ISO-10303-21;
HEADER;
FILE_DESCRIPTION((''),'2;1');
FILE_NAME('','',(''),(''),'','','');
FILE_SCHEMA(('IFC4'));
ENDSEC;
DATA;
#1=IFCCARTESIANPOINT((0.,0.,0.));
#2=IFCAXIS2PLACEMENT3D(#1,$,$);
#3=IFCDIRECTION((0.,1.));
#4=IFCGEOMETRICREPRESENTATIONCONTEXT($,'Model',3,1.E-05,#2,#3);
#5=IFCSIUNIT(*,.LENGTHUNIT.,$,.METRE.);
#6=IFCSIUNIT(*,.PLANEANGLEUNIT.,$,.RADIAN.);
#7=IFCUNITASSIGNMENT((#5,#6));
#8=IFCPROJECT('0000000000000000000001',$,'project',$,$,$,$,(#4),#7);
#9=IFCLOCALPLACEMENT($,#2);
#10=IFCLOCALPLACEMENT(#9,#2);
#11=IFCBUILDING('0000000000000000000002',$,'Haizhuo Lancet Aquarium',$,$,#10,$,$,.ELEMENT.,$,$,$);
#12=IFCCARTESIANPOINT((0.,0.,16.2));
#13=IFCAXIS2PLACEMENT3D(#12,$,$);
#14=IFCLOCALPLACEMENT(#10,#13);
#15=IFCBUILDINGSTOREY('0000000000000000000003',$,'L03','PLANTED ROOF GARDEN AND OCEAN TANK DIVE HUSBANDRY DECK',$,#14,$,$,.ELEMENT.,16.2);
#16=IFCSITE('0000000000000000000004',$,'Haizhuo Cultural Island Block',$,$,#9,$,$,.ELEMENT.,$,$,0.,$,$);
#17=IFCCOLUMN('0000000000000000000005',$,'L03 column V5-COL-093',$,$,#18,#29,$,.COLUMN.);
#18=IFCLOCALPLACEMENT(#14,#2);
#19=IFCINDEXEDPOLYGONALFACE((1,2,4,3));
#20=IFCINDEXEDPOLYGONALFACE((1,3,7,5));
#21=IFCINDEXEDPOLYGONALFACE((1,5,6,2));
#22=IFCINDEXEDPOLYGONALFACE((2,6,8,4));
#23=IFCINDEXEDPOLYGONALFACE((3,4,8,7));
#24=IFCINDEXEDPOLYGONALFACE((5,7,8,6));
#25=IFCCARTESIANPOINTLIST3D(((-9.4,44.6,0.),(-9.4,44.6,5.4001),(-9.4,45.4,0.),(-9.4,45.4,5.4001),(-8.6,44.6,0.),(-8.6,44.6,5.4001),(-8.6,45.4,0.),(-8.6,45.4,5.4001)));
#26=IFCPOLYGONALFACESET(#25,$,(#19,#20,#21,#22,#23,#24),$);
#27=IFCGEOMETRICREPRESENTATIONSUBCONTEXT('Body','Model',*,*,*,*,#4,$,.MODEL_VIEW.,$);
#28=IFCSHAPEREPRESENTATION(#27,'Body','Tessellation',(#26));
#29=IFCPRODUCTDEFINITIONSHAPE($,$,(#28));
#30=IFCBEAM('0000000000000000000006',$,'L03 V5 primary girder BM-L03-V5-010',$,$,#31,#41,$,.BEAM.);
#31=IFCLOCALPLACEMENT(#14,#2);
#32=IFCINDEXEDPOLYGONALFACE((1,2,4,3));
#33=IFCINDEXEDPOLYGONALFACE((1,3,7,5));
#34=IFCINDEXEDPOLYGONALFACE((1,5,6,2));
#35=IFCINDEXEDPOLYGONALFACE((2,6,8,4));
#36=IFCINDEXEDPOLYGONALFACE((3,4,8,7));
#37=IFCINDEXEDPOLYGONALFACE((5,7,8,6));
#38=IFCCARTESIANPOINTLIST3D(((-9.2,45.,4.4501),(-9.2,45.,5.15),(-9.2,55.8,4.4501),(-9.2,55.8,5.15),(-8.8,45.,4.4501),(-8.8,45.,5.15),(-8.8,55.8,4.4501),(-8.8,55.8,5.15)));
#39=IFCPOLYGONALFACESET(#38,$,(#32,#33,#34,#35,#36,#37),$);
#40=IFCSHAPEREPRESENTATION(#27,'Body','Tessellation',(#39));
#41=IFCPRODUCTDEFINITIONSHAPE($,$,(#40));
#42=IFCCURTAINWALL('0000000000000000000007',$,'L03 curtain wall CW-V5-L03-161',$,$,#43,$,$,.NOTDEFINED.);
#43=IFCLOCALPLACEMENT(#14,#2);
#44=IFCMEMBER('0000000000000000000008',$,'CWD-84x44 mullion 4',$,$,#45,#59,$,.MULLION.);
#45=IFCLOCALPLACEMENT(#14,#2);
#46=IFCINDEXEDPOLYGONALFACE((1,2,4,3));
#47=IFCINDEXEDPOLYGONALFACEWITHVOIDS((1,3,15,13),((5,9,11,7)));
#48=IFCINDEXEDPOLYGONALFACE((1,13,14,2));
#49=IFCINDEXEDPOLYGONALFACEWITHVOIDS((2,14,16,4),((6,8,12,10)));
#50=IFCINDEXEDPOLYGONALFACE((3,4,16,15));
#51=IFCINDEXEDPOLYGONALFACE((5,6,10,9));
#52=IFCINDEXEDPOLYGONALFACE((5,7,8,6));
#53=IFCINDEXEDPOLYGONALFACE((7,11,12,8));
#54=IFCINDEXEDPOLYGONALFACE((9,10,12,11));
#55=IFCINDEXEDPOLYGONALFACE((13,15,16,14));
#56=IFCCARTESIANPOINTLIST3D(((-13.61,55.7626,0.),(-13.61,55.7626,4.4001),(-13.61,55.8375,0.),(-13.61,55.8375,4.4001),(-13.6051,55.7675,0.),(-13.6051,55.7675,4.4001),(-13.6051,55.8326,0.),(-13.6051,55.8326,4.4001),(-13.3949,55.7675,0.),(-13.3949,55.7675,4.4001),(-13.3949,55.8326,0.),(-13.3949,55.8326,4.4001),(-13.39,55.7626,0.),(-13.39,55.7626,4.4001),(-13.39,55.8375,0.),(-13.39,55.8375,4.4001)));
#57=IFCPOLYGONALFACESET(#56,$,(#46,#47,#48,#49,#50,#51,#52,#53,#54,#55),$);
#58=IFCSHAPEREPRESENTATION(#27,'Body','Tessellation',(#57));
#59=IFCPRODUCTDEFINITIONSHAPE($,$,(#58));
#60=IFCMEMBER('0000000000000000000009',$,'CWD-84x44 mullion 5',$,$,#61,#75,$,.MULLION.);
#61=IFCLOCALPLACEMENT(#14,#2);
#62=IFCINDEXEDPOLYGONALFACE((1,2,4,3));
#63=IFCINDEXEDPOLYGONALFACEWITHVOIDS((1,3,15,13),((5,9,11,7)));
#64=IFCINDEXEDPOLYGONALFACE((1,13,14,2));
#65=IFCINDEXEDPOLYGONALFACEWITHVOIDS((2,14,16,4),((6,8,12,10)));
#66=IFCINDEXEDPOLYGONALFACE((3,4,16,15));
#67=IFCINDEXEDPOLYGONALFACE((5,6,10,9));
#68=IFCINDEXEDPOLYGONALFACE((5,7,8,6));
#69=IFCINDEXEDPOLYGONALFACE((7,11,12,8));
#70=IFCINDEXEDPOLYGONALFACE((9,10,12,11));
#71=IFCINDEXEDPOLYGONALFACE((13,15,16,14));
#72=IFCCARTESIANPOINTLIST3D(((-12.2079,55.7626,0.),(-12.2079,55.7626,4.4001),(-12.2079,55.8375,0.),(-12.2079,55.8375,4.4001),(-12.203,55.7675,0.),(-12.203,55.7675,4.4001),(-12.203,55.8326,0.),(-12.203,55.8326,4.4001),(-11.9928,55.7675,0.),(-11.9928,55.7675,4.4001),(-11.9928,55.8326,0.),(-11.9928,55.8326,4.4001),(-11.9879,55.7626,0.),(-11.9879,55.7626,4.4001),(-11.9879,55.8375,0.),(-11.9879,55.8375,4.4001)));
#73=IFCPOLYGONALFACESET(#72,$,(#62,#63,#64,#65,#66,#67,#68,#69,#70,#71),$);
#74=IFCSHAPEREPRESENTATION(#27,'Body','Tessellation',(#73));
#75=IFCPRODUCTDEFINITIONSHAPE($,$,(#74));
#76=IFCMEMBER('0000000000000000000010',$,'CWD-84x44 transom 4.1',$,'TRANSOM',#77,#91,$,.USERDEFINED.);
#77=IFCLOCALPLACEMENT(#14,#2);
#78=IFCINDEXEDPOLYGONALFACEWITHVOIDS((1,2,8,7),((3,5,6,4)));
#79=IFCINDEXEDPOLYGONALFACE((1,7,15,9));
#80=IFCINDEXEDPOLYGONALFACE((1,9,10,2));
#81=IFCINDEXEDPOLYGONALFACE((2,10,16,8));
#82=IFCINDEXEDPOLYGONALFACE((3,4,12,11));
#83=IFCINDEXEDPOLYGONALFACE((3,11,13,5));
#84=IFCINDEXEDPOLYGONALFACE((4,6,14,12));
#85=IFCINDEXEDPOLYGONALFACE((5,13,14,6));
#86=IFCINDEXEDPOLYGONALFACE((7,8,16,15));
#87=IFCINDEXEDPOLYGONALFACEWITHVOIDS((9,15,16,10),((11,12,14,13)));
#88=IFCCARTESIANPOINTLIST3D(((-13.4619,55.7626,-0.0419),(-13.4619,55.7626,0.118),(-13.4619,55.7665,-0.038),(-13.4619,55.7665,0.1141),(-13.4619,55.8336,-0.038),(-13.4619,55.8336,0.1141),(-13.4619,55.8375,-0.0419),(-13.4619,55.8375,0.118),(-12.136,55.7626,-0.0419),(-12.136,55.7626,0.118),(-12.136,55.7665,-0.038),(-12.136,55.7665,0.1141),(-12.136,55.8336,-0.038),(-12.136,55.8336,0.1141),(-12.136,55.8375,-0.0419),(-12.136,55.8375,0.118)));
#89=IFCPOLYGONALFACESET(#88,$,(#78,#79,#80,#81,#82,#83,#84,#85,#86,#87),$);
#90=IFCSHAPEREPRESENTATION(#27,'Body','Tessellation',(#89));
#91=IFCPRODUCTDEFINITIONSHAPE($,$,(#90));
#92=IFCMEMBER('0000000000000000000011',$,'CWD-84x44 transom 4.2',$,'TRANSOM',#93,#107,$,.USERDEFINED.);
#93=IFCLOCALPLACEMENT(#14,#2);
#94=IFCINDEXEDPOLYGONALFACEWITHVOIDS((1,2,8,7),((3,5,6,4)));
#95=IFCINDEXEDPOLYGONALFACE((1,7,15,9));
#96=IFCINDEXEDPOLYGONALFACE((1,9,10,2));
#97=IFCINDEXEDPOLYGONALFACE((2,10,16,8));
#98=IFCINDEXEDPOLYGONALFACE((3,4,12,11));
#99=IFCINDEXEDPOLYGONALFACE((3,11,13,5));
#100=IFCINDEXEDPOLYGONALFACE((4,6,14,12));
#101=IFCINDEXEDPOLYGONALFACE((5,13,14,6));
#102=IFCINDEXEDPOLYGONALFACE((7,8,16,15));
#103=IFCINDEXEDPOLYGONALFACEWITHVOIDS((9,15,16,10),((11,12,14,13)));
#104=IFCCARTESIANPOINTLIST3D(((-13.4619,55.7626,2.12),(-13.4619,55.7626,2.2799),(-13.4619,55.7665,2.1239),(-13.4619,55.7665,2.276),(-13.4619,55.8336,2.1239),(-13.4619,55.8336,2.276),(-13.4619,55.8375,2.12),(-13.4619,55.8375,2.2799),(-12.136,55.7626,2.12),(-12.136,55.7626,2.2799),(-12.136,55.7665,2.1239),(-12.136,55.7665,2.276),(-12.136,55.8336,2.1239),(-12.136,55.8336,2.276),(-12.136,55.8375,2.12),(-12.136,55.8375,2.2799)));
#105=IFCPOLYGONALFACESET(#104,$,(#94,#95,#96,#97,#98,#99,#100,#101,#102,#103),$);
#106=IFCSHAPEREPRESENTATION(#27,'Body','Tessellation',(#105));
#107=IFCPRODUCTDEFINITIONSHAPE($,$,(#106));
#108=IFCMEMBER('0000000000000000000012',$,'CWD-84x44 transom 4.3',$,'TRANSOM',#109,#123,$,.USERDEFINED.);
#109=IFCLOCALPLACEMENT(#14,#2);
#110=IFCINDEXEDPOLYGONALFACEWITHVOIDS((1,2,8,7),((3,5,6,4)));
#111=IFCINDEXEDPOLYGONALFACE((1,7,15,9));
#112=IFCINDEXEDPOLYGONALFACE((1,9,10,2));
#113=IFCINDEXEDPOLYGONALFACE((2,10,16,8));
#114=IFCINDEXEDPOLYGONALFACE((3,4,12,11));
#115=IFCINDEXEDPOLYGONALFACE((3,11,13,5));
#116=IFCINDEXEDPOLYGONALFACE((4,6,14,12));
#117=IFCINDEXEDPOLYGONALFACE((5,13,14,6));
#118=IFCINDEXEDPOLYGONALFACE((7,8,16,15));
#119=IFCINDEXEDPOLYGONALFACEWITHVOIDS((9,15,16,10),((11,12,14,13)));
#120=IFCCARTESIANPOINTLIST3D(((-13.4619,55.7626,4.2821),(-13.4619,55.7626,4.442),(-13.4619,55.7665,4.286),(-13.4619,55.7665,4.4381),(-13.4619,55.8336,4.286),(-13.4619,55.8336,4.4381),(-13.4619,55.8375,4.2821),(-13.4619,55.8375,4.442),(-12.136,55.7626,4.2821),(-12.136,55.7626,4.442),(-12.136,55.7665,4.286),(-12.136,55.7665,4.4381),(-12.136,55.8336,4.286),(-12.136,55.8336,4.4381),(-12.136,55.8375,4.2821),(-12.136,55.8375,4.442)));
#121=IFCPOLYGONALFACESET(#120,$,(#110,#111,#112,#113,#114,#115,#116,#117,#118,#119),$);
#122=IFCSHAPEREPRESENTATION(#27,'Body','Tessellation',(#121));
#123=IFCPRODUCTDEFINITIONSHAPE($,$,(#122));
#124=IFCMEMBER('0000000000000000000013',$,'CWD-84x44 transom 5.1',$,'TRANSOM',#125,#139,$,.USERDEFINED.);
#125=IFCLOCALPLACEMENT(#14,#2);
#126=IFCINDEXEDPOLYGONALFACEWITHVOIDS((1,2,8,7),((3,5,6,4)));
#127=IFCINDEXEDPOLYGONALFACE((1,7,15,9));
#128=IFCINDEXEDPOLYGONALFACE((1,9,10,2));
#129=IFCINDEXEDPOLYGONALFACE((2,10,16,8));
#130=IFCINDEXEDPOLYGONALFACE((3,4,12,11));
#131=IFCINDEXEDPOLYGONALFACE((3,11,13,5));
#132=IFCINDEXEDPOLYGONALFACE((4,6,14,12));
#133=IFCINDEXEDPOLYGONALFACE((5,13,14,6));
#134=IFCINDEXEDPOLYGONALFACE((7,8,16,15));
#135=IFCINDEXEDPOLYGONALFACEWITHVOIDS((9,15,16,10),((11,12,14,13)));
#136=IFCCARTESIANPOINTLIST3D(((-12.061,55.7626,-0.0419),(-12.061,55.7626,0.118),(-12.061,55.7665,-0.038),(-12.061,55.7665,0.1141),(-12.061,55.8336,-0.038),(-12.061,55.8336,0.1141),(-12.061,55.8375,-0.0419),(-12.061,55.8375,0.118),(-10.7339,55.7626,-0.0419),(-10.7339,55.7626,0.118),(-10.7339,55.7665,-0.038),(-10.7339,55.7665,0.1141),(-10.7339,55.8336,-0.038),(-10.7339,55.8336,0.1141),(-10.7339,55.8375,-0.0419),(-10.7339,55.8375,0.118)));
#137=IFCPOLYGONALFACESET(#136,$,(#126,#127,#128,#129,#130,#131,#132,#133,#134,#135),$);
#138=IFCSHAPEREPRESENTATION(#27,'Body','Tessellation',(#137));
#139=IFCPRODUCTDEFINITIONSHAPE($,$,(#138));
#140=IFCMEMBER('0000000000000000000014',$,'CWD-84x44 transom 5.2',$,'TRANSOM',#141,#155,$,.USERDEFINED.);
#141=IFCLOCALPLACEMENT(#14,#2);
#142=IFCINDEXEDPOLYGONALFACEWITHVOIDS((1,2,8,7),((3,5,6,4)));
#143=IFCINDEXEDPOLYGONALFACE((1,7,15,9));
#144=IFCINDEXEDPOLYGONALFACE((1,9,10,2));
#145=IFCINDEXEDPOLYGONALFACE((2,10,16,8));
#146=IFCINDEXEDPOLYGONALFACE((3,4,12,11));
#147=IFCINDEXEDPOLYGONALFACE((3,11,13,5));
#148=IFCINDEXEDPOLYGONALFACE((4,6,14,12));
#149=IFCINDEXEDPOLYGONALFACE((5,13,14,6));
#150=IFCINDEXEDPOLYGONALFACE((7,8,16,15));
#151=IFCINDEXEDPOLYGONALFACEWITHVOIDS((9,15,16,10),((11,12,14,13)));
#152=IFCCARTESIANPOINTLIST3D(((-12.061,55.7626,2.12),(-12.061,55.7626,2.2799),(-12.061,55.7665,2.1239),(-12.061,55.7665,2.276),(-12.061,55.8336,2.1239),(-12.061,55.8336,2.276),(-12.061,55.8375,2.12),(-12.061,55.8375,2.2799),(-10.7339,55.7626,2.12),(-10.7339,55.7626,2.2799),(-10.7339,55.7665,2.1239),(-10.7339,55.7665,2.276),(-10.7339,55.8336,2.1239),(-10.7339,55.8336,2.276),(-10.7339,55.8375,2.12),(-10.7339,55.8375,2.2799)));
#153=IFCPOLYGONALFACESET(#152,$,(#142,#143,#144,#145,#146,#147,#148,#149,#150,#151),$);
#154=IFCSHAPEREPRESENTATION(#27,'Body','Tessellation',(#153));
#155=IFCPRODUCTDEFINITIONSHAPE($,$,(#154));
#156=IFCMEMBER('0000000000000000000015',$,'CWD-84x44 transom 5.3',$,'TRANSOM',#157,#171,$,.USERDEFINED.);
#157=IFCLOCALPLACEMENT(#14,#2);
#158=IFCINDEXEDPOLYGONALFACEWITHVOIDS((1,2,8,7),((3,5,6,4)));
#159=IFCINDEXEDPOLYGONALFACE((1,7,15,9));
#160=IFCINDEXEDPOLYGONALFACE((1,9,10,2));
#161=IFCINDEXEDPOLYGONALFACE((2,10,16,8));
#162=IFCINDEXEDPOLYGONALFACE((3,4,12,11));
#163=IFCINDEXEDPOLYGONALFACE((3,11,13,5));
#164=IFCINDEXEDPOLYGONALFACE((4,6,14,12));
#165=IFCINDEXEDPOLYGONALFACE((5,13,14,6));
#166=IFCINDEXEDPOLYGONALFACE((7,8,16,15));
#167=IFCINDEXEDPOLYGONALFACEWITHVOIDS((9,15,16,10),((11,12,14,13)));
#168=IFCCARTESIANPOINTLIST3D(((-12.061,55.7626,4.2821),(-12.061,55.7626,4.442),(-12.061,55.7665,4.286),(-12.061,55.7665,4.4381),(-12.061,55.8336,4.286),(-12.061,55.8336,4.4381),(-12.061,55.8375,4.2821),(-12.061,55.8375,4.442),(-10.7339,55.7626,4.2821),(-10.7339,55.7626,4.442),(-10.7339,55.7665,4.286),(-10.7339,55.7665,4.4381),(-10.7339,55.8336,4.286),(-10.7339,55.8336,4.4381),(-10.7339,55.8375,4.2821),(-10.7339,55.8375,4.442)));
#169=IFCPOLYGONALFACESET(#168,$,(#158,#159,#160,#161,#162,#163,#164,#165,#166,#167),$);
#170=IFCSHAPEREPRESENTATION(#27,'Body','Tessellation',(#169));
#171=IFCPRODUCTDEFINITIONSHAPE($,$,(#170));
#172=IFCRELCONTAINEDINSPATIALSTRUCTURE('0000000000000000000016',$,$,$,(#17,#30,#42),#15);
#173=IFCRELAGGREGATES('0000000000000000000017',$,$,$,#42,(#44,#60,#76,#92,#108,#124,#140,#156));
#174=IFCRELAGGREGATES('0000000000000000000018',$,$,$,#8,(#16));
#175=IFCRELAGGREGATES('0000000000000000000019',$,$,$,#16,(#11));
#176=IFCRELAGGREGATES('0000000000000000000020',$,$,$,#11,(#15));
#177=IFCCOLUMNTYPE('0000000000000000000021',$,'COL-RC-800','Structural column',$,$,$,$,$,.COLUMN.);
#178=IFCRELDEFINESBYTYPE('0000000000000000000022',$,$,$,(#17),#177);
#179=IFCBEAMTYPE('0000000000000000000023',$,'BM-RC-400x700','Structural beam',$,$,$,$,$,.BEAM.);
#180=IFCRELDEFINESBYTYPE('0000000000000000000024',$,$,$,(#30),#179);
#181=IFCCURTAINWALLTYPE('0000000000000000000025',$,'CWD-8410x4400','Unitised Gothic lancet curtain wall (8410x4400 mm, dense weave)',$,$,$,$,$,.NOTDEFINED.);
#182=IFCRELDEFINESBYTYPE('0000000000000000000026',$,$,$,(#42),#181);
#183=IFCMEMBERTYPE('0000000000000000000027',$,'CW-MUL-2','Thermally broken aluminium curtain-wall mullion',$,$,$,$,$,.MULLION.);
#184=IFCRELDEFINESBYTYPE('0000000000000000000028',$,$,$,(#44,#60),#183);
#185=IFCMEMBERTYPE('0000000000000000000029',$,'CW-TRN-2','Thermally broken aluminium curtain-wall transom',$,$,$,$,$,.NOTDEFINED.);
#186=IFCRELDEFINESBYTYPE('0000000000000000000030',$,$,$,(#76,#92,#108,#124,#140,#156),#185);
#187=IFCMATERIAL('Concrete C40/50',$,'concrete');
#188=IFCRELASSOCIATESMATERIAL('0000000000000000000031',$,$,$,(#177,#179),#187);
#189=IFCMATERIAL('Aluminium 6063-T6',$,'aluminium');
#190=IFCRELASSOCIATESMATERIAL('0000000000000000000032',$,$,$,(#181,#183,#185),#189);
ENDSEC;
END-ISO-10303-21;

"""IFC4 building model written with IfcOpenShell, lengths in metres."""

from ifc_helpers import new_model, si_unit, direction, frame, origin, origin_2d, place, context, subcontext, project, spatial, rectangle, hollow_rectangle, extrude, material, material_profile, profile_set, type_object, element, aggregate, save


model = new_model("IFC4")

# Units and contexts
model_context = context("Model", 3, precision=1e-05, world=origin(), true_north=direction((0.0, 1.0)))
body_context = subcontext(model_context, "Body", "Model", "MODEL_VIEW")
ifc_project = project(units=[si_unit("LENGTHUNIT", "METRE"), si_unit("PLANEANGLEUNIT", "RADIAN")], contexts=[model_context])

# Site, building, storey
site_placement = place(None, origin())
site = spatial("IfcSite", under=ifc_project, at=site_placement, Name="Haizhuo Cultural Island Block", CompositionType="ELEMENT", RefElevation=0.0)
building_placement = place(site_placement, origin())
building = spatial("IfcBuilding", under=site, at=building_placement, Name="Haizhuo Lancet Aquarium", CompositionType="ELEMENT")
storey_placement = place(building_placement, frame((0.0, 0.0, 16.2)))
storey = spatial("IfcBuildingStorey", under=building, at=storey_placement, Name="L03", Description="PLANTED ROOF GARDEN AND OCEAN TANK DIVE HUSBANDRY DECK", CompositionType="ELEMENT", Elevation=16.2)

# Column
ifc_material_1 = material(Name="Concrete C40/50", Category="concrete")
ifc_material_profile_1 = material_profile(ifc_material_1, rectangle(XDim=0.8, YDim=0.8, at=origin_2d()), Name="RC-COL 800x800")
ifc_profile_set_1 = profile_set([ifc_material_profile_1], Name="Concrete C40/50")
column_type = type_object("IfcColumnType", Name="COL-RC-800", Description="Structural column", PredefinedType="COLUMN", material=ifc_profile_set_1)
column_placement = place(storey_placement, frame((-9.0, 45.0, 0.0), z_axis=(0.0, 0.0, 1.0), x_axis=(1.0, 0.0, 0.0)))
element("IfcColumn", 1, at=column_placement, inside=storey, type_object=column_type, Name="L03 column V5-COL-093", PredefinedType="COLUMN", context=body_context, shape_type="SweptSolid", body=[
    extrude(rectangle(XDim=0.8, YDim=0.8, at=origin_2d()), origin(), (0.0, 0.0, 1.0), 5.4001),
])

# Beam
ifc_material_profile_2 = material_profile(ifc_material_1, rectangle(XDim=0.3999, YDim=0.7, at=origin_2d()), Name="RC-BM 400x700")
ifc_profile_set_2 = profile_set([ifc_material_profile_2], Name="Concrete C40/50")
beam_type_1 = type_object("IfcBeamType", Name="BM-RC-400x700", Description="Structural beam", PredefinedType="BEAM", material=ifc_profile_set_2)
beam_1_placement = place(storey_placement, frame((-9.0, 45.0, 4.8), z_axis=(0.0, 1.0, 0.0), x_axis=(-1.0, 0.0, 0.0)))
element("IfcBeam", 2, at=beam_1_placement, inside=storey, type_object=beam_type_1, Name="L03 V5 primary girder BM-L03-V5-010", PredefinedType="BEAM", context=body_context, shape_type="SweptSolid", body=[
    extrude(rectangle(XDim=0.3999, YDim=0.7, at=origin_2d()), origin(), (0.0, 0.0, 1.0), 10.8),
])

# Curtain wall, members
ifc_material_2 = material(Name="Aluminium 6063-T6", Category="aluminium")
curtain_wall_type = type_object("IfcCurtainWallType", Name="CWD-8410x4400", Description="Unitised Gothic lancet curtain wall (8410x4400 mm, dense weave)", PredefinedType="NOTDEFINED", material=ifc_material_2)
curtain_wall_placement = place(storey_placement, origin())
curtain_wall = element("IfcCurtainWall", 3, at=curtain_wall_placement, inside=storey, type_object=curtain_wall_type, Name="L03 curtain wall CW-V5-L03-161", PredefinedType="NOTDEFINED")
ifc_material_profile_3 = material_profile(ifc_material_2, hollow_rectangle(XDim=0.075, YDim=0.22, WallThickness=0.0049, at=origin_2d()), Name="ALU-M 75x220x5")
ifc_profile_set_3 = profile_set([ifc_material_profile_3], Name="Aluminium 6063-T6")
member_type_1 = type_object("IfcMemberType", Name="CW-MUL-2", Description="Thermally broken aluminium curtain-wall mullion", PredefinedType="MULLION", material=ifc_profile_set_3)
member_1_placement = place(storey_placement, frame((-13.5, 55.8, 0.0), z_axis=(0.0, 0.0, 1.0), x_axis=(0.0, 1.0, 0.0)))
member_1 = element("IfcMember", 4, at=member_1_placement, type_object=member_type_1, Name="CWD-84x44 mullion 4", PredefinedType="MULLION", context=body_context, shape_type="SweptSolid", body=[
    extrude(hollow_rectangle(XDim=0.075, YDim=0.22, WallThickness=0.0049, at=origin_2d()), origin(), (0.0, 0.0, 1.0), 4.4001),
])
member_2_placement = place(storey_placement, frame((-12.0979, 55.8, 0.0), z_axis=(0.0, 0.0, 1.0), x_axis=(0.0, 1.0, 0.0)))
member_2 = element("IfcMember", 5, at=member_2_placement, type_object=member_type_1, Name="CWD-84x44 mullion 5", PredefinedType="MULLION", context=body_context, shape_type="SweptSolid", body=[
    extrude(hollow_rectangle(XDim=0.075, YDim=0.22, WallThickness=0.0049, at=origin_2d()), origin(), (0.0, 0.0, 1.0), 4.4001),
])
ifc_material_profile_4 = material_profile(ifc_material_2, hollow_rectangle(XDim=0.075, YDim=0.1599, WallThickness=0.0039, at=origin_2d()), Name="ALU-T 75x160x4")
ifc_profile_set_4 = profile_set([ifc_material_profile_4], Name="Aluminium 6063-T6")
member_type_2 = type_object("IfcMemberType", Name="CW-TRN-2", Description="Thermally broken aluminium curtain-wall transom", PredefinedType="NOTDEFINED", material=ifc_profile_set_4)
member_3_placement = place(storey_placement, frame((-13.4619, 55.8, 0.0381), z_axis=(1.0, 0.0, 0.0), x_axis=(0.0, 1.0, 0.0)))
member_3 = element("IfcMember", 6, at=member_3_placement, type_object=member_type_2, Name="CWD-84x44 transom 4.1", ObjectType="TRANSOM", PredefinedType="USERDEFINED", context=body_context, shape_type="SweptSolid", body=[
    extrude(hollow_rectangle(XDim=0.075, YDim=0.1599, WallThickness=0.0039, at=origin_2d()), origin(), (0.0, 0.0, 1.0), 1.3259),
])
member_4_placement = place(storey_placement, frame((-13.4619, 55.8, 2.2), z_axis=(1.0, 0.0, 0.0), x_axis=(0.0, 1.0, 0.0)))
member_4 = element("IfcMember", 7, at=member_4_placement, type_object=member_type_2, Name="CWD-84x44 transom 4.2", ObjectType="TRANSOM", PredefinedType="USERDEFINED", context=body_context, shape_type="SweptSolid", body=[
    extrude(hollow_rectangle(XDim=0.075, YDim=0.1599, WallThickness=0.0039, at=origin_2d()), origin(), (0.0, 0.0, 1.0), 1.3259),
])
member_5_placement = place(storey_placement, frame((-13.4619, 55.8, 4.3621), z_axis=(1.0, 0.0, 0.0), x_axis=(0.0, 1.0, 0.0)))
member_5 = element("IfcMember", 8, at=member_5_placement, type_object=member_type_2, Name="CWD-84x44 transom 4.3", ObjectType="TRANSOM", PredefinedType="USERDEFINED", context=body_context, shape_type="SweptSolid", body=[
    extrude(hollow_rectangle(XDim=0.075, YDim=0.1599, WallThickness=0.0039, at=origin_2d()), origin(), (0.0, 0.0, 1.0), 1.3259),
])
member_6_placement = place(storey_placement, frame((-12.061, 55.8, 0.0381), z_axis=(1.0, 0.0, 0.0), x_axis=(0.0, 1.0, 0.0)))
member_6 = element("IfcMember", 9, at=member_6_placement, type_object=member_type_2, Name="CWD-84x44 transom 5.1", ObjectType="TRANSOM", PredefinedType="USERDEFINED", context=body_context, shape_type="SweptSolid", body=[
    extrude(hollow_rectangle(XDim=0.075, YDim=0.1599, WallThickness=0.0039, at=origin_2d()), origin(), (0.0, 0.0, 1.0), 1.3271),
])
member_7_placement = place(storey_placement, frame((-12.061, 55.8, 2.2), z_axis=(1.0, 0.0, 0.0), x_axis=(0.0, 1.0, 0.0)))
member_7 = element("IfcMember", 10, at=member_7_placement, type_object=member_type_2, Name="CWD-84x44 transom 5.2", ObjectType="TRANSOM", PredefinedType="USERDEFINED", context=body_context, shape_type="SweptSolid", body=[
    extrude(hollow_rectangle(XDim=0.075, YDim=0.1599, WallThickness=0.0039, at=origin_2d()), origin(), (0.0, 0.0, 1.0), 1.3271),
])
member_8_placement = place(storey_placement, frame((-12.061, 55.8, 4.3621), z_axis=(1.0, 0.0, 0.0), x_axis=(0.0, 1.0, 0.0)))
member_8 = element("IfcMember", 11, at=member_8_placement, type_object=member_type_2, Name="CWD-84x44 transom 5.3", ObjectType="TRANSOM", PredefinedType="USERDEFINED", context=body_context, shape_type="SweptSolid", body=[
    extrude(hollow_rectangle(XDim=0.075, YDim=0.1599, WallThickness=0.0039, at=origin_2d()), origin(), (0.0, 0.0, 1.0), 1.3271),
])

aggregate(curtain_wall, [member_1, member_2, member_3, member_4, member_5, member_6, member_7, member_8])

save(model, "model.ifc")
